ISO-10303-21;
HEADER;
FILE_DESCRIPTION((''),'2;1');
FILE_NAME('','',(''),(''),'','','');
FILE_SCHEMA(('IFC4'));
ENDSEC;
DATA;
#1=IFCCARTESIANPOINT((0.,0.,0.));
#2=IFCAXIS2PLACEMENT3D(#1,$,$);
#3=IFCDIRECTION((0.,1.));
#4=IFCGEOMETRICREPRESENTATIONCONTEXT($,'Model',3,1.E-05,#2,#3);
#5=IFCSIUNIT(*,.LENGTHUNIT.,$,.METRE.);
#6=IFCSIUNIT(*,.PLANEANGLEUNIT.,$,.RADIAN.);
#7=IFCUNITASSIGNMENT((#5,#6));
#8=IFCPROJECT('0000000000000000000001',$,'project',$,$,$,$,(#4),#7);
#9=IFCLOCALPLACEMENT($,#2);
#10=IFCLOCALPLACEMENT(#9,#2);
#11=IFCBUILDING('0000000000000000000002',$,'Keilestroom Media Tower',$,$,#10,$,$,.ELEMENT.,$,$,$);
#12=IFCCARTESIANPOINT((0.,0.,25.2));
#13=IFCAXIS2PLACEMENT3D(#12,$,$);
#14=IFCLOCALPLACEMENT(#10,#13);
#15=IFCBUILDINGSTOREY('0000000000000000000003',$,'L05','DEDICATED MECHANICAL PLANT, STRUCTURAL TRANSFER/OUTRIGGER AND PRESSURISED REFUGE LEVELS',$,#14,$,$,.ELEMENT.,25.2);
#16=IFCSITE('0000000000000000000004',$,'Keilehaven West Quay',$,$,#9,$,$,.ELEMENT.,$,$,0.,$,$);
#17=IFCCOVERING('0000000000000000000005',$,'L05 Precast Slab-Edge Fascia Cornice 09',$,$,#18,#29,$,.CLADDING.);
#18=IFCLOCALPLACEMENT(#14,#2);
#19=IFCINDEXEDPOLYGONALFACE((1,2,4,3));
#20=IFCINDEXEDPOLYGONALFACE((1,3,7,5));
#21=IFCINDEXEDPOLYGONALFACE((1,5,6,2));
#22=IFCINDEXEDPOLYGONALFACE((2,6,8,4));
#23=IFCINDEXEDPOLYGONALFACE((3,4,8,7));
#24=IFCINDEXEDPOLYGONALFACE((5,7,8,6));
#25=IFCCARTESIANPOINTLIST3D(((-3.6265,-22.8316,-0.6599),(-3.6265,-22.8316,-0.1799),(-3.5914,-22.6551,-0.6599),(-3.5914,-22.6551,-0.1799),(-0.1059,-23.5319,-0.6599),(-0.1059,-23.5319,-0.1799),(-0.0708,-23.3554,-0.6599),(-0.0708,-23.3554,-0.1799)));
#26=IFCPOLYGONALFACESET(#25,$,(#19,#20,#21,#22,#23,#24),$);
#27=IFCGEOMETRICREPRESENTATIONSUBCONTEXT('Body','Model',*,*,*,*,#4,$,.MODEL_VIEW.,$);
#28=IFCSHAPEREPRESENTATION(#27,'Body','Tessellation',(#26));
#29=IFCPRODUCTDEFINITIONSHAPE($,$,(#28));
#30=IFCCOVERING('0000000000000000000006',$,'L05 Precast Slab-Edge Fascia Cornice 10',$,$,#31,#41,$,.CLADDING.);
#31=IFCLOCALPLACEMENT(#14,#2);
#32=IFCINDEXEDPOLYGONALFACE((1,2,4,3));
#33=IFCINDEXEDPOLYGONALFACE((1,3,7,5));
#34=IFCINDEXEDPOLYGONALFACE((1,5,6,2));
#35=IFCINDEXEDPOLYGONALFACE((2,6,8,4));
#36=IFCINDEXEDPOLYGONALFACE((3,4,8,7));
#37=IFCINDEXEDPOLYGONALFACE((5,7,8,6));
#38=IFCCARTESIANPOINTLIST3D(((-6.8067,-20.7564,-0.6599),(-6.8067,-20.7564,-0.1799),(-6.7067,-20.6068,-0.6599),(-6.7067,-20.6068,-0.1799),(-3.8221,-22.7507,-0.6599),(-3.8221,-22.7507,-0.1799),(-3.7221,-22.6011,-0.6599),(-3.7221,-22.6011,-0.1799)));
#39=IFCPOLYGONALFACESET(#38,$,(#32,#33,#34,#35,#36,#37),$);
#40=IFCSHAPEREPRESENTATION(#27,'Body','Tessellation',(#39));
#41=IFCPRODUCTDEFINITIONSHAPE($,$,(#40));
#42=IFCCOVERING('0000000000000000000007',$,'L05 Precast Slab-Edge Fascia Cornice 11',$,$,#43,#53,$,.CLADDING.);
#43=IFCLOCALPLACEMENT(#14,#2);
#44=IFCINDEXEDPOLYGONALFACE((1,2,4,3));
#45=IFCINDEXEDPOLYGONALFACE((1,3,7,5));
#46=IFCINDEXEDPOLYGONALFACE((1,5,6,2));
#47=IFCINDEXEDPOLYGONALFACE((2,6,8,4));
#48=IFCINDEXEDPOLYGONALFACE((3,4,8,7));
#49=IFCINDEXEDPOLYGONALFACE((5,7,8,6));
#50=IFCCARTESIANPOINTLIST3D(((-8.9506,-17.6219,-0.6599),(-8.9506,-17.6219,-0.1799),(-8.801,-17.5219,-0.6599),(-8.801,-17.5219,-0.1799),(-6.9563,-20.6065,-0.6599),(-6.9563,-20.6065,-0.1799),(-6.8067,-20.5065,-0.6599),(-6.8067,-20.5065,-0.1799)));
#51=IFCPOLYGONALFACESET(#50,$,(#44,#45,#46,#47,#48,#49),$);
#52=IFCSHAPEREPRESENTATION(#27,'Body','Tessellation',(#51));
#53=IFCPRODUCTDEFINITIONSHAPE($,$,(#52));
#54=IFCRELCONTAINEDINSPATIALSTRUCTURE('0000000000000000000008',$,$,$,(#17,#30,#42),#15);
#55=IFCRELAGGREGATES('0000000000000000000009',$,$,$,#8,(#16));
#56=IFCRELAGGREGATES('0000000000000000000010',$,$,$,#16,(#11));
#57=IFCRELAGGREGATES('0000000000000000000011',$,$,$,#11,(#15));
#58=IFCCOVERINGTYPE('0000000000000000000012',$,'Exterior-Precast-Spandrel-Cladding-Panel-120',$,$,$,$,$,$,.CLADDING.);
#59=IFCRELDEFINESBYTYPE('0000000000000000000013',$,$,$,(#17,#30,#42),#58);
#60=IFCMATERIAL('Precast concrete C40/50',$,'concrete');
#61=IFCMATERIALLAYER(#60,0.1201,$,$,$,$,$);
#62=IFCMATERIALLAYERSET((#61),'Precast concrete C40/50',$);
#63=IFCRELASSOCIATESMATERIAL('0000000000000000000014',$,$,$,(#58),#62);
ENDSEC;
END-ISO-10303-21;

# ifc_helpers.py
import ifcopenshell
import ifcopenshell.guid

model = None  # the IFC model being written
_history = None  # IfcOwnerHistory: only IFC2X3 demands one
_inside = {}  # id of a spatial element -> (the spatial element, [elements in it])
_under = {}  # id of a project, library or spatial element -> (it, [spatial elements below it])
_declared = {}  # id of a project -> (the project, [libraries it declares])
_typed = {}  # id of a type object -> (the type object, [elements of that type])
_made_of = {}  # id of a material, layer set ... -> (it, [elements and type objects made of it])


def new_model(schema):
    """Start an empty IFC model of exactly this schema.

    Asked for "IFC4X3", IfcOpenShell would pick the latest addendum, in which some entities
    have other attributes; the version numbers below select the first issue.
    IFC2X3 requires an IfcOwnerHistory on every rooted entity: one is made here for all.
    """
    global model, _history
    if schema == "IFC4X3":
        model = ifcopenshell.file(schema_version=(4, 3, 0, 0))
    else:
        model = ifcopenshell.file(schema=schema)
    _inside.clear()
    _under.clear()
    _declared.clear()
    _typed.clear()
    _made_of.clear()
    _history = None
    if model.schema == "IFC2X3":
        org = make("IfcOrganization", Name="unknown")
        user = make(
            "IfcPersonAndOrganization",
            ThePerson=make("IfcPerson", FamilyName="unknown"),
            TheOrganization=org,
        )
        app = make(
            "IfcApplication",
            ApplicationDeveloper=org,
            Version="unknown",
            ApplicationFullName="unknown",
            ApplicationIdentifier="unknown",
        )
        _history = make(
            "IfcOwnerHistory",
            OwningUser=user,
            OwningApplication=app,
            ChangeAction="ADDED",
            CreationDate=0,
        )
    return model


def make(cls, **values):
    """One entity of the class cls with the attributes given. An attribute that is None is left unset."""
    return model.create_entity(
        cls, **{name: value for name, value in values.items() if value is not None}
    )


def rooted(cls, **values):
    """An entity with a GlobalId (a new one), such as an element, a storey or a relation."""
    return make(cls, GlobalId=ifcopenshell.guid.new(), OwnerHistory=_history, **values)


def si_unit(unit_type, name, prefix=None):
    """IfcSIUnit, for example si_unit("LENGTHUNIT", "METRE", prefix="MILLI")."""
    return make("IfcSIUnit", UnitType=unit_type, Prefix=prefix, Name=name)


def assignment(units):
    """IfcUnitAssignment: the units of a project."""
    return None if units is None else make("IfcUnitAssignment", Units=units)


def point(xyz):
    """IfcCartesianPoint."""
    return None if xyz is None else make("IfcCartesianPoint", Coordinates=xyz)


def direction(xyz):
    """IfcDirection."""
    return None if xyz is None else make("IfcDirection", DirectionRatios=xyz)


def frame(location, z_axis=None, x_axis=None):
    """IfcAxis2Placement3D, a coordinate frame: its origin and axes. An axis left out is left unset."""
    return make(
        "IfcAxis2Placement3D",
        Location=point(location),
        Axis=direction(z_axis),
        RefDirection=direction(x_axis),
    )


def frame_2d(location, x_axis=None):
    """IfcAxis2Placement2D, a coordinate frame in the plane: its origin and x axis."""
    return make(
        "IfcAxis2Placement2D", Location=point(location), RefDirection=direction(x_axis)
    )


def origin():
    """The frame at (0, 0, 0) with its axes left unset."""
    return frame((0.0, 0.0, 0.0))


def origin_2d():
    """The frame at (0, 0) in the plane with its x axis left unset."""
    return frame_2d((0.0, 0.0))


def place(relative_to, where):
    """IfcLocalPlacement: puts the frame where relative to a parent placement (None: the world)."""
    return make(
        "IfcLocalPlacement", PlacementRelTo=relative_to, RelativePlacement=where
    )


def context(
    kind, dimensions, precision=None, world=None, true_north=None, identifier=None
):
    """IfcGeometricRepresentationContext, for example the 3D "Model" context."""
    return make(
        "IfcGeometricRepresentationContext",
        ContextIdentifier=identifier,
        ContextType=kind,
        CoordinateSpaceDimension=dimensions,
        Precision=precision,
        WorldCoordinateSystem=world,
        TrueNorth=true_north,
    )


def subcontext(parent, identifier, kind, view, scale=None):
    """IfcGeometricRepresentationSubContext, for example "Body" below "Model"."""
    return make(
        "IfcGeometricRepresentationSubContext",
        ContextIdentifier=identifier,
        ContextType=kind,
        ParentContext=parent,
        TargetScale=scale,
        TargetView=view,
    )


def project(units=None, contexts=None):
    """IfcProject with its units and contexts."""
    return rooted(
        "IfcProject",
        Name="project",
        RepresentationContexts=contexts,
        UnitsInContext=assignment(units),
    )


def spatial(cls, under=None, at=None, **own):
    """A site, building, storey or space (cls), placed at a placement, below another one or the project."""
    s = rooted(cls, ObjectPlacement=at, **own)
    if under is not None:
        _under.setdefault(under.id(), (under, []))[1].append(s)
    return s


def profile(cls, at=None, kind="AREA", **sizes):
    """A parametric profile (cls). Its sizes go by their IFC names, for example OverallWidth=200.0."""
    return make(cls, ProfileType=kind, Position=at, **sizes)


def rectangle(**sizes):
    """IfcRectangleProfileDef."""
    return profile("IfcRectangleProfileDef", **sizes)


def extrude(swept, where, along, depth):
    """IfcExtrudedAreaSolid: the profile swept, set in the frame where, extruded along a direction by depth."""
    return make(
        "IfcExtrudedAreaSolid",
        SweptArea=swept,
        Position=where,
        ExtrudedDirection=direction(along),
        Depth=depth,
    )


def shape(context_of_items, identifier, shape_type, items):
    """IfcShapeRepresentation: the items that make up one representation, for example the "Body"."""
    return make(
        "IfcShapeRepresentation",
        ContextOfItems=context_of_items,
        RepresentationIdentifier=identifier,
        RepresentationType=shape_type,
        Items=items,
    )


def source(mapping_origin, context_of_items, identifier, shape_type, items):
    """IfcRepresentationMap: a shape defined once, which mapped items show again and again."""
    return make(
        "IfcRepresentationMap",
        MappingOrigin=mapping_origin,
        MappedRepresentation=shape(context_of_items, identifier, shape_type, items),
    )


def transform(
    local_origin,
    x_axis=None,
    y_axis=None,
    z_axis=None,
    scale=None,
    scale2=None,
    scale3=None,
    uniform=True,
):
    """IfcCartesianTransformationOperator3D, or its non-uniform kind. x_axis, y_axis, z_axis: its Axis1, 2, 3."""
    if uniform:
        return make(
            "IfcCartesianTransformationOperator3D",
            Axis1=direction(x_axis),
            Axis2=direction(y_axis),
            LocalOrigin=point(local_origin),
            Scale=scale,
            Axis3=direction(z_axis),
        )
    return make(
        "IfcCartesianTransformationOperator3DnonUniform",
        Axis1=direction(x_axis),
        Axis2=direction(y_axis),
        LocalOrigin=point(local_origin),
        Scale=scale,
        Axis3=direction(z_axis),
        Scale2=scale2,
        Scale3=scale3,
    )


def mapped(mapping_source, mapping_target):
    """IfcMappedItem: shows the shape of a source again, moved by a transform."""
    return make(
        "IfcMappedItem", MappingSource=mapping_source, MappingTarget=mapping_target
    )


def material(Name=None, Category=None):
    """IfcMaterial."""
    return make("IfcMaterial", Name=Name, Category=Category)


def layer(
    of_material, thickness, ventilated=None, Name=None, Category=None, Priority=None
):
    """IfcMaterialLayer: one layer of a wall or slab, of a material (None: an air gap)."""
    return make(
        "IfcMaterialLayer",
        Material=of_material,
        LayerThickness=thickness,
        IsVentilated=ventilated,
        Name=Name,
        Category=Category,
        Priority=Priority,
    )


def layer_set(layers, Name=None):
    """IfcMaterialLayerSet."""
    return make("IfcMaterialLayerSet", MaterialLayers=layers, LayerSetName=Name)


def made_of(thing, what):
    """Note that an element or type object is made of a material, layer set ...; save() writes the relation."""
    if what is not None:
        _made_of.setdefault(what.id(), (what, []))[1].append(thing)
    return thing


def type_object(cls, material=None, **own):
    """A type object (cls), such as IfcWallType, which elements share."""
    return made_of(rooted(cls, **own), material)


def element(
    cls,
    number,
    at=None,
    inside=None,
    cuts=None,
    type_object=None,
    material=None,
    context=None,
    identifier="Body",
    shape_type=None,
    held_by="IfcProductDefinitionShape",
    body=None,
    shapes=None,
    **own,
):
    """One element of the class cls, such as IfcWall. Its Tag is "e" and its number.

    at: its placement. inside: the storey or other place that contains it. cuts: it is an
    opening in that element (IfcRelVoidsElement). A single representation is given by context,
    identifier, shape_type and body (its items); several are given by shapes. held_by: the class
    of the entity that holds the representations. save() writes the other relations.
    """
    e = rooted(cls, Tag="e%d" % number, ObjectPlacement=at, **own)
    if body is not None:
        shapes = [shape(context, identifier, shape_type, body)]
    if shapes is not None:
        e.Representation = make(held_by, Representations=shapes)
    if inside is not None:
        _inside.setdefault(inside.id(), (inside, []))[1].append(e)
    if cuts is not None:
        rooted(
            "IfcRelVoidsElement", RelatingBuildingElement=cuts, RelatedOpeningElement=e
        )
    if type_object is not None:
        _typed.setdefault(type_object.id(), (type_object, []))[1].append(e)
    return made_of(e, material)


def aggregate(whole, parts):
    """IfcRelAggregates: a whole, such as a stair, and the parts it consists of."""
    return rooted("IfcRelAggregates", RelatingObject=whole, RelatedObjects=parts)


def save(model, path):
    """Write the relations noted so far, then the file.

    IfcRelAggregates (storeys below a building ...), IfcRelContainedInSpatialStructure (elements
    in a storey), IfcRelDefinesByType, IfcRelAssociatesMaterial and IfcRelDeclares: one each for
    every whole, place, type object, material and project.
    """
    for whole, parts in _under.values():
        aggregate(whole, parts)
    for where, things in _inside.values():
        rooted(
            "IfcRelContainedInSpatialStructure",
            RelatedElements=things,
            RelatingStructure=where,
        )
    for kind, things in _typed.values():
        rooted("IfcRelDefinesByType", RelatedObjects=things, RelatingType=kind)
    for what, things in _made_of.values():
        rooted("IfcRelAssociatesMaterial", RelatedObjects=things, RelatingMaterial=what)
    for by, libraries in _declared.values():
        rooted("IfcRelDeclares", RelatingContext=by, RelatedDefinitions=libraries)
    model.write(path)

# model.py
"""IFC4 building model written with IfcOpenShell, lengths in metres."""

from ifc_helpers import new_model, si_unit, direction, frame, origin, origin_2d, place, context, subcontext, project, spatial, rectangle, extrude, source, transform, mapped, material, layer, layer_set, type_object, element, save


model = new_model("IFC4")

# Units and contexts
model_context = context("Model", 3, precision=1e-05, world=origin(), true_north=direction((0.0, 1.0)))
body_context = subcontext(model_context, "Body", "Model", "MODEL_VIEW")
ifc_project = project(units=[si_unit("LENGTHUNIT", "METRE"), si_unit("PLANEANGLEUNIT", "RADIAN")], contexts=[model_context])

# Site, building, storey
site_placement = place(None, origin())
site = spatial("IfcSite", under=ifc_project, at=site_placement, Name="Keilehaven West Quay", CompositionType="ELEMENT", RefElevation=0.0)
building_placement = place(site_placement, origin())
building = spatial("IfcBuilding", under=site, at=building_placement, Name="Keilestroom Media Tower", CompositionType="ELEMENT")
storey_placement = place(building_placement, frame((0.0, 0.0, 25.2)))
storey = spatial("IfcBuildingStorey", under=building, at=storey_placement, Name="L05", Description="DEDICATED MECHANICAL PLANT, STRUCTURAL TRANSFER/OUTRIGGER AND PRESSURISED REFUGE LEVELS", CompositionType="ELEMENT", Elevation=25.2)

# Shared definitions
ifc_material_1 = material(Name="Precast concrete C40/50", Category="concrete")

# Coverings
ifc_layer_1 = layer(ifc_material_1, 0.1201)
ifc_layer_set_1 = layer_set([ifc_layer_1], Name="Precast concrete C40/50")
covering_type = type_object("IfcCoveringType", Name="Exterior-Precast-Spandrel-Cladding-Panel-120", PredefinedType="CLADDING", material=ifc_layer_set_1)
shared_shape_1 = source(origin(), body_context, "Body", "SweptSolid", [
    extrude(rectangle(XDim=3.5896, YDim=0.1799, at=origin_2d()), origin(), (0.0, 0.0, 1.0), 0.48),
])
for number, where, z_axis, x_axis, name in (
    (1, (-1.8486, -23.0935, -0.6599), (0.0, 0.0, 1.0), (-0.980784, 0.195099, 0.0), "L05 Precast Slab-Edge Fascia Cornice 09"),
    (2, (-5.2644, -21.6787, -0.6599), (0.0, 0.0, 1.0), (-0.831467, 0.555575, 0.0), "L05 Precast Slab-Edge Fascia Cornice 10"),
    (3, (-7.8787, -19.0642, -0.6599), (0.0, 0.0, 1.0), (-0.555575, 0.831467, 0.0), "L05 Precast Slab-Edge Fascia Cornice 11"),
):
    element("IfcCovering", number, at=place(storey_placement, frame(where, z_axis=z_axis, x_axis=x_axis)), inside=storey, type_object=covering_type, Name=name, PredefinedType="CLADDING", context=body_context, shape_type="MappedRepresentation", body=[
        mapped(shared_shape_1, transform((0.0, 0.0, 0.0), x_axis=(1.0, 0.0, 0.0), y_axis=(0.0, 1.0, 0.0), z_axis=(0.0, 0.0, 1.0), scale=1.0)),
    ])

save(model, "model.ifc")
